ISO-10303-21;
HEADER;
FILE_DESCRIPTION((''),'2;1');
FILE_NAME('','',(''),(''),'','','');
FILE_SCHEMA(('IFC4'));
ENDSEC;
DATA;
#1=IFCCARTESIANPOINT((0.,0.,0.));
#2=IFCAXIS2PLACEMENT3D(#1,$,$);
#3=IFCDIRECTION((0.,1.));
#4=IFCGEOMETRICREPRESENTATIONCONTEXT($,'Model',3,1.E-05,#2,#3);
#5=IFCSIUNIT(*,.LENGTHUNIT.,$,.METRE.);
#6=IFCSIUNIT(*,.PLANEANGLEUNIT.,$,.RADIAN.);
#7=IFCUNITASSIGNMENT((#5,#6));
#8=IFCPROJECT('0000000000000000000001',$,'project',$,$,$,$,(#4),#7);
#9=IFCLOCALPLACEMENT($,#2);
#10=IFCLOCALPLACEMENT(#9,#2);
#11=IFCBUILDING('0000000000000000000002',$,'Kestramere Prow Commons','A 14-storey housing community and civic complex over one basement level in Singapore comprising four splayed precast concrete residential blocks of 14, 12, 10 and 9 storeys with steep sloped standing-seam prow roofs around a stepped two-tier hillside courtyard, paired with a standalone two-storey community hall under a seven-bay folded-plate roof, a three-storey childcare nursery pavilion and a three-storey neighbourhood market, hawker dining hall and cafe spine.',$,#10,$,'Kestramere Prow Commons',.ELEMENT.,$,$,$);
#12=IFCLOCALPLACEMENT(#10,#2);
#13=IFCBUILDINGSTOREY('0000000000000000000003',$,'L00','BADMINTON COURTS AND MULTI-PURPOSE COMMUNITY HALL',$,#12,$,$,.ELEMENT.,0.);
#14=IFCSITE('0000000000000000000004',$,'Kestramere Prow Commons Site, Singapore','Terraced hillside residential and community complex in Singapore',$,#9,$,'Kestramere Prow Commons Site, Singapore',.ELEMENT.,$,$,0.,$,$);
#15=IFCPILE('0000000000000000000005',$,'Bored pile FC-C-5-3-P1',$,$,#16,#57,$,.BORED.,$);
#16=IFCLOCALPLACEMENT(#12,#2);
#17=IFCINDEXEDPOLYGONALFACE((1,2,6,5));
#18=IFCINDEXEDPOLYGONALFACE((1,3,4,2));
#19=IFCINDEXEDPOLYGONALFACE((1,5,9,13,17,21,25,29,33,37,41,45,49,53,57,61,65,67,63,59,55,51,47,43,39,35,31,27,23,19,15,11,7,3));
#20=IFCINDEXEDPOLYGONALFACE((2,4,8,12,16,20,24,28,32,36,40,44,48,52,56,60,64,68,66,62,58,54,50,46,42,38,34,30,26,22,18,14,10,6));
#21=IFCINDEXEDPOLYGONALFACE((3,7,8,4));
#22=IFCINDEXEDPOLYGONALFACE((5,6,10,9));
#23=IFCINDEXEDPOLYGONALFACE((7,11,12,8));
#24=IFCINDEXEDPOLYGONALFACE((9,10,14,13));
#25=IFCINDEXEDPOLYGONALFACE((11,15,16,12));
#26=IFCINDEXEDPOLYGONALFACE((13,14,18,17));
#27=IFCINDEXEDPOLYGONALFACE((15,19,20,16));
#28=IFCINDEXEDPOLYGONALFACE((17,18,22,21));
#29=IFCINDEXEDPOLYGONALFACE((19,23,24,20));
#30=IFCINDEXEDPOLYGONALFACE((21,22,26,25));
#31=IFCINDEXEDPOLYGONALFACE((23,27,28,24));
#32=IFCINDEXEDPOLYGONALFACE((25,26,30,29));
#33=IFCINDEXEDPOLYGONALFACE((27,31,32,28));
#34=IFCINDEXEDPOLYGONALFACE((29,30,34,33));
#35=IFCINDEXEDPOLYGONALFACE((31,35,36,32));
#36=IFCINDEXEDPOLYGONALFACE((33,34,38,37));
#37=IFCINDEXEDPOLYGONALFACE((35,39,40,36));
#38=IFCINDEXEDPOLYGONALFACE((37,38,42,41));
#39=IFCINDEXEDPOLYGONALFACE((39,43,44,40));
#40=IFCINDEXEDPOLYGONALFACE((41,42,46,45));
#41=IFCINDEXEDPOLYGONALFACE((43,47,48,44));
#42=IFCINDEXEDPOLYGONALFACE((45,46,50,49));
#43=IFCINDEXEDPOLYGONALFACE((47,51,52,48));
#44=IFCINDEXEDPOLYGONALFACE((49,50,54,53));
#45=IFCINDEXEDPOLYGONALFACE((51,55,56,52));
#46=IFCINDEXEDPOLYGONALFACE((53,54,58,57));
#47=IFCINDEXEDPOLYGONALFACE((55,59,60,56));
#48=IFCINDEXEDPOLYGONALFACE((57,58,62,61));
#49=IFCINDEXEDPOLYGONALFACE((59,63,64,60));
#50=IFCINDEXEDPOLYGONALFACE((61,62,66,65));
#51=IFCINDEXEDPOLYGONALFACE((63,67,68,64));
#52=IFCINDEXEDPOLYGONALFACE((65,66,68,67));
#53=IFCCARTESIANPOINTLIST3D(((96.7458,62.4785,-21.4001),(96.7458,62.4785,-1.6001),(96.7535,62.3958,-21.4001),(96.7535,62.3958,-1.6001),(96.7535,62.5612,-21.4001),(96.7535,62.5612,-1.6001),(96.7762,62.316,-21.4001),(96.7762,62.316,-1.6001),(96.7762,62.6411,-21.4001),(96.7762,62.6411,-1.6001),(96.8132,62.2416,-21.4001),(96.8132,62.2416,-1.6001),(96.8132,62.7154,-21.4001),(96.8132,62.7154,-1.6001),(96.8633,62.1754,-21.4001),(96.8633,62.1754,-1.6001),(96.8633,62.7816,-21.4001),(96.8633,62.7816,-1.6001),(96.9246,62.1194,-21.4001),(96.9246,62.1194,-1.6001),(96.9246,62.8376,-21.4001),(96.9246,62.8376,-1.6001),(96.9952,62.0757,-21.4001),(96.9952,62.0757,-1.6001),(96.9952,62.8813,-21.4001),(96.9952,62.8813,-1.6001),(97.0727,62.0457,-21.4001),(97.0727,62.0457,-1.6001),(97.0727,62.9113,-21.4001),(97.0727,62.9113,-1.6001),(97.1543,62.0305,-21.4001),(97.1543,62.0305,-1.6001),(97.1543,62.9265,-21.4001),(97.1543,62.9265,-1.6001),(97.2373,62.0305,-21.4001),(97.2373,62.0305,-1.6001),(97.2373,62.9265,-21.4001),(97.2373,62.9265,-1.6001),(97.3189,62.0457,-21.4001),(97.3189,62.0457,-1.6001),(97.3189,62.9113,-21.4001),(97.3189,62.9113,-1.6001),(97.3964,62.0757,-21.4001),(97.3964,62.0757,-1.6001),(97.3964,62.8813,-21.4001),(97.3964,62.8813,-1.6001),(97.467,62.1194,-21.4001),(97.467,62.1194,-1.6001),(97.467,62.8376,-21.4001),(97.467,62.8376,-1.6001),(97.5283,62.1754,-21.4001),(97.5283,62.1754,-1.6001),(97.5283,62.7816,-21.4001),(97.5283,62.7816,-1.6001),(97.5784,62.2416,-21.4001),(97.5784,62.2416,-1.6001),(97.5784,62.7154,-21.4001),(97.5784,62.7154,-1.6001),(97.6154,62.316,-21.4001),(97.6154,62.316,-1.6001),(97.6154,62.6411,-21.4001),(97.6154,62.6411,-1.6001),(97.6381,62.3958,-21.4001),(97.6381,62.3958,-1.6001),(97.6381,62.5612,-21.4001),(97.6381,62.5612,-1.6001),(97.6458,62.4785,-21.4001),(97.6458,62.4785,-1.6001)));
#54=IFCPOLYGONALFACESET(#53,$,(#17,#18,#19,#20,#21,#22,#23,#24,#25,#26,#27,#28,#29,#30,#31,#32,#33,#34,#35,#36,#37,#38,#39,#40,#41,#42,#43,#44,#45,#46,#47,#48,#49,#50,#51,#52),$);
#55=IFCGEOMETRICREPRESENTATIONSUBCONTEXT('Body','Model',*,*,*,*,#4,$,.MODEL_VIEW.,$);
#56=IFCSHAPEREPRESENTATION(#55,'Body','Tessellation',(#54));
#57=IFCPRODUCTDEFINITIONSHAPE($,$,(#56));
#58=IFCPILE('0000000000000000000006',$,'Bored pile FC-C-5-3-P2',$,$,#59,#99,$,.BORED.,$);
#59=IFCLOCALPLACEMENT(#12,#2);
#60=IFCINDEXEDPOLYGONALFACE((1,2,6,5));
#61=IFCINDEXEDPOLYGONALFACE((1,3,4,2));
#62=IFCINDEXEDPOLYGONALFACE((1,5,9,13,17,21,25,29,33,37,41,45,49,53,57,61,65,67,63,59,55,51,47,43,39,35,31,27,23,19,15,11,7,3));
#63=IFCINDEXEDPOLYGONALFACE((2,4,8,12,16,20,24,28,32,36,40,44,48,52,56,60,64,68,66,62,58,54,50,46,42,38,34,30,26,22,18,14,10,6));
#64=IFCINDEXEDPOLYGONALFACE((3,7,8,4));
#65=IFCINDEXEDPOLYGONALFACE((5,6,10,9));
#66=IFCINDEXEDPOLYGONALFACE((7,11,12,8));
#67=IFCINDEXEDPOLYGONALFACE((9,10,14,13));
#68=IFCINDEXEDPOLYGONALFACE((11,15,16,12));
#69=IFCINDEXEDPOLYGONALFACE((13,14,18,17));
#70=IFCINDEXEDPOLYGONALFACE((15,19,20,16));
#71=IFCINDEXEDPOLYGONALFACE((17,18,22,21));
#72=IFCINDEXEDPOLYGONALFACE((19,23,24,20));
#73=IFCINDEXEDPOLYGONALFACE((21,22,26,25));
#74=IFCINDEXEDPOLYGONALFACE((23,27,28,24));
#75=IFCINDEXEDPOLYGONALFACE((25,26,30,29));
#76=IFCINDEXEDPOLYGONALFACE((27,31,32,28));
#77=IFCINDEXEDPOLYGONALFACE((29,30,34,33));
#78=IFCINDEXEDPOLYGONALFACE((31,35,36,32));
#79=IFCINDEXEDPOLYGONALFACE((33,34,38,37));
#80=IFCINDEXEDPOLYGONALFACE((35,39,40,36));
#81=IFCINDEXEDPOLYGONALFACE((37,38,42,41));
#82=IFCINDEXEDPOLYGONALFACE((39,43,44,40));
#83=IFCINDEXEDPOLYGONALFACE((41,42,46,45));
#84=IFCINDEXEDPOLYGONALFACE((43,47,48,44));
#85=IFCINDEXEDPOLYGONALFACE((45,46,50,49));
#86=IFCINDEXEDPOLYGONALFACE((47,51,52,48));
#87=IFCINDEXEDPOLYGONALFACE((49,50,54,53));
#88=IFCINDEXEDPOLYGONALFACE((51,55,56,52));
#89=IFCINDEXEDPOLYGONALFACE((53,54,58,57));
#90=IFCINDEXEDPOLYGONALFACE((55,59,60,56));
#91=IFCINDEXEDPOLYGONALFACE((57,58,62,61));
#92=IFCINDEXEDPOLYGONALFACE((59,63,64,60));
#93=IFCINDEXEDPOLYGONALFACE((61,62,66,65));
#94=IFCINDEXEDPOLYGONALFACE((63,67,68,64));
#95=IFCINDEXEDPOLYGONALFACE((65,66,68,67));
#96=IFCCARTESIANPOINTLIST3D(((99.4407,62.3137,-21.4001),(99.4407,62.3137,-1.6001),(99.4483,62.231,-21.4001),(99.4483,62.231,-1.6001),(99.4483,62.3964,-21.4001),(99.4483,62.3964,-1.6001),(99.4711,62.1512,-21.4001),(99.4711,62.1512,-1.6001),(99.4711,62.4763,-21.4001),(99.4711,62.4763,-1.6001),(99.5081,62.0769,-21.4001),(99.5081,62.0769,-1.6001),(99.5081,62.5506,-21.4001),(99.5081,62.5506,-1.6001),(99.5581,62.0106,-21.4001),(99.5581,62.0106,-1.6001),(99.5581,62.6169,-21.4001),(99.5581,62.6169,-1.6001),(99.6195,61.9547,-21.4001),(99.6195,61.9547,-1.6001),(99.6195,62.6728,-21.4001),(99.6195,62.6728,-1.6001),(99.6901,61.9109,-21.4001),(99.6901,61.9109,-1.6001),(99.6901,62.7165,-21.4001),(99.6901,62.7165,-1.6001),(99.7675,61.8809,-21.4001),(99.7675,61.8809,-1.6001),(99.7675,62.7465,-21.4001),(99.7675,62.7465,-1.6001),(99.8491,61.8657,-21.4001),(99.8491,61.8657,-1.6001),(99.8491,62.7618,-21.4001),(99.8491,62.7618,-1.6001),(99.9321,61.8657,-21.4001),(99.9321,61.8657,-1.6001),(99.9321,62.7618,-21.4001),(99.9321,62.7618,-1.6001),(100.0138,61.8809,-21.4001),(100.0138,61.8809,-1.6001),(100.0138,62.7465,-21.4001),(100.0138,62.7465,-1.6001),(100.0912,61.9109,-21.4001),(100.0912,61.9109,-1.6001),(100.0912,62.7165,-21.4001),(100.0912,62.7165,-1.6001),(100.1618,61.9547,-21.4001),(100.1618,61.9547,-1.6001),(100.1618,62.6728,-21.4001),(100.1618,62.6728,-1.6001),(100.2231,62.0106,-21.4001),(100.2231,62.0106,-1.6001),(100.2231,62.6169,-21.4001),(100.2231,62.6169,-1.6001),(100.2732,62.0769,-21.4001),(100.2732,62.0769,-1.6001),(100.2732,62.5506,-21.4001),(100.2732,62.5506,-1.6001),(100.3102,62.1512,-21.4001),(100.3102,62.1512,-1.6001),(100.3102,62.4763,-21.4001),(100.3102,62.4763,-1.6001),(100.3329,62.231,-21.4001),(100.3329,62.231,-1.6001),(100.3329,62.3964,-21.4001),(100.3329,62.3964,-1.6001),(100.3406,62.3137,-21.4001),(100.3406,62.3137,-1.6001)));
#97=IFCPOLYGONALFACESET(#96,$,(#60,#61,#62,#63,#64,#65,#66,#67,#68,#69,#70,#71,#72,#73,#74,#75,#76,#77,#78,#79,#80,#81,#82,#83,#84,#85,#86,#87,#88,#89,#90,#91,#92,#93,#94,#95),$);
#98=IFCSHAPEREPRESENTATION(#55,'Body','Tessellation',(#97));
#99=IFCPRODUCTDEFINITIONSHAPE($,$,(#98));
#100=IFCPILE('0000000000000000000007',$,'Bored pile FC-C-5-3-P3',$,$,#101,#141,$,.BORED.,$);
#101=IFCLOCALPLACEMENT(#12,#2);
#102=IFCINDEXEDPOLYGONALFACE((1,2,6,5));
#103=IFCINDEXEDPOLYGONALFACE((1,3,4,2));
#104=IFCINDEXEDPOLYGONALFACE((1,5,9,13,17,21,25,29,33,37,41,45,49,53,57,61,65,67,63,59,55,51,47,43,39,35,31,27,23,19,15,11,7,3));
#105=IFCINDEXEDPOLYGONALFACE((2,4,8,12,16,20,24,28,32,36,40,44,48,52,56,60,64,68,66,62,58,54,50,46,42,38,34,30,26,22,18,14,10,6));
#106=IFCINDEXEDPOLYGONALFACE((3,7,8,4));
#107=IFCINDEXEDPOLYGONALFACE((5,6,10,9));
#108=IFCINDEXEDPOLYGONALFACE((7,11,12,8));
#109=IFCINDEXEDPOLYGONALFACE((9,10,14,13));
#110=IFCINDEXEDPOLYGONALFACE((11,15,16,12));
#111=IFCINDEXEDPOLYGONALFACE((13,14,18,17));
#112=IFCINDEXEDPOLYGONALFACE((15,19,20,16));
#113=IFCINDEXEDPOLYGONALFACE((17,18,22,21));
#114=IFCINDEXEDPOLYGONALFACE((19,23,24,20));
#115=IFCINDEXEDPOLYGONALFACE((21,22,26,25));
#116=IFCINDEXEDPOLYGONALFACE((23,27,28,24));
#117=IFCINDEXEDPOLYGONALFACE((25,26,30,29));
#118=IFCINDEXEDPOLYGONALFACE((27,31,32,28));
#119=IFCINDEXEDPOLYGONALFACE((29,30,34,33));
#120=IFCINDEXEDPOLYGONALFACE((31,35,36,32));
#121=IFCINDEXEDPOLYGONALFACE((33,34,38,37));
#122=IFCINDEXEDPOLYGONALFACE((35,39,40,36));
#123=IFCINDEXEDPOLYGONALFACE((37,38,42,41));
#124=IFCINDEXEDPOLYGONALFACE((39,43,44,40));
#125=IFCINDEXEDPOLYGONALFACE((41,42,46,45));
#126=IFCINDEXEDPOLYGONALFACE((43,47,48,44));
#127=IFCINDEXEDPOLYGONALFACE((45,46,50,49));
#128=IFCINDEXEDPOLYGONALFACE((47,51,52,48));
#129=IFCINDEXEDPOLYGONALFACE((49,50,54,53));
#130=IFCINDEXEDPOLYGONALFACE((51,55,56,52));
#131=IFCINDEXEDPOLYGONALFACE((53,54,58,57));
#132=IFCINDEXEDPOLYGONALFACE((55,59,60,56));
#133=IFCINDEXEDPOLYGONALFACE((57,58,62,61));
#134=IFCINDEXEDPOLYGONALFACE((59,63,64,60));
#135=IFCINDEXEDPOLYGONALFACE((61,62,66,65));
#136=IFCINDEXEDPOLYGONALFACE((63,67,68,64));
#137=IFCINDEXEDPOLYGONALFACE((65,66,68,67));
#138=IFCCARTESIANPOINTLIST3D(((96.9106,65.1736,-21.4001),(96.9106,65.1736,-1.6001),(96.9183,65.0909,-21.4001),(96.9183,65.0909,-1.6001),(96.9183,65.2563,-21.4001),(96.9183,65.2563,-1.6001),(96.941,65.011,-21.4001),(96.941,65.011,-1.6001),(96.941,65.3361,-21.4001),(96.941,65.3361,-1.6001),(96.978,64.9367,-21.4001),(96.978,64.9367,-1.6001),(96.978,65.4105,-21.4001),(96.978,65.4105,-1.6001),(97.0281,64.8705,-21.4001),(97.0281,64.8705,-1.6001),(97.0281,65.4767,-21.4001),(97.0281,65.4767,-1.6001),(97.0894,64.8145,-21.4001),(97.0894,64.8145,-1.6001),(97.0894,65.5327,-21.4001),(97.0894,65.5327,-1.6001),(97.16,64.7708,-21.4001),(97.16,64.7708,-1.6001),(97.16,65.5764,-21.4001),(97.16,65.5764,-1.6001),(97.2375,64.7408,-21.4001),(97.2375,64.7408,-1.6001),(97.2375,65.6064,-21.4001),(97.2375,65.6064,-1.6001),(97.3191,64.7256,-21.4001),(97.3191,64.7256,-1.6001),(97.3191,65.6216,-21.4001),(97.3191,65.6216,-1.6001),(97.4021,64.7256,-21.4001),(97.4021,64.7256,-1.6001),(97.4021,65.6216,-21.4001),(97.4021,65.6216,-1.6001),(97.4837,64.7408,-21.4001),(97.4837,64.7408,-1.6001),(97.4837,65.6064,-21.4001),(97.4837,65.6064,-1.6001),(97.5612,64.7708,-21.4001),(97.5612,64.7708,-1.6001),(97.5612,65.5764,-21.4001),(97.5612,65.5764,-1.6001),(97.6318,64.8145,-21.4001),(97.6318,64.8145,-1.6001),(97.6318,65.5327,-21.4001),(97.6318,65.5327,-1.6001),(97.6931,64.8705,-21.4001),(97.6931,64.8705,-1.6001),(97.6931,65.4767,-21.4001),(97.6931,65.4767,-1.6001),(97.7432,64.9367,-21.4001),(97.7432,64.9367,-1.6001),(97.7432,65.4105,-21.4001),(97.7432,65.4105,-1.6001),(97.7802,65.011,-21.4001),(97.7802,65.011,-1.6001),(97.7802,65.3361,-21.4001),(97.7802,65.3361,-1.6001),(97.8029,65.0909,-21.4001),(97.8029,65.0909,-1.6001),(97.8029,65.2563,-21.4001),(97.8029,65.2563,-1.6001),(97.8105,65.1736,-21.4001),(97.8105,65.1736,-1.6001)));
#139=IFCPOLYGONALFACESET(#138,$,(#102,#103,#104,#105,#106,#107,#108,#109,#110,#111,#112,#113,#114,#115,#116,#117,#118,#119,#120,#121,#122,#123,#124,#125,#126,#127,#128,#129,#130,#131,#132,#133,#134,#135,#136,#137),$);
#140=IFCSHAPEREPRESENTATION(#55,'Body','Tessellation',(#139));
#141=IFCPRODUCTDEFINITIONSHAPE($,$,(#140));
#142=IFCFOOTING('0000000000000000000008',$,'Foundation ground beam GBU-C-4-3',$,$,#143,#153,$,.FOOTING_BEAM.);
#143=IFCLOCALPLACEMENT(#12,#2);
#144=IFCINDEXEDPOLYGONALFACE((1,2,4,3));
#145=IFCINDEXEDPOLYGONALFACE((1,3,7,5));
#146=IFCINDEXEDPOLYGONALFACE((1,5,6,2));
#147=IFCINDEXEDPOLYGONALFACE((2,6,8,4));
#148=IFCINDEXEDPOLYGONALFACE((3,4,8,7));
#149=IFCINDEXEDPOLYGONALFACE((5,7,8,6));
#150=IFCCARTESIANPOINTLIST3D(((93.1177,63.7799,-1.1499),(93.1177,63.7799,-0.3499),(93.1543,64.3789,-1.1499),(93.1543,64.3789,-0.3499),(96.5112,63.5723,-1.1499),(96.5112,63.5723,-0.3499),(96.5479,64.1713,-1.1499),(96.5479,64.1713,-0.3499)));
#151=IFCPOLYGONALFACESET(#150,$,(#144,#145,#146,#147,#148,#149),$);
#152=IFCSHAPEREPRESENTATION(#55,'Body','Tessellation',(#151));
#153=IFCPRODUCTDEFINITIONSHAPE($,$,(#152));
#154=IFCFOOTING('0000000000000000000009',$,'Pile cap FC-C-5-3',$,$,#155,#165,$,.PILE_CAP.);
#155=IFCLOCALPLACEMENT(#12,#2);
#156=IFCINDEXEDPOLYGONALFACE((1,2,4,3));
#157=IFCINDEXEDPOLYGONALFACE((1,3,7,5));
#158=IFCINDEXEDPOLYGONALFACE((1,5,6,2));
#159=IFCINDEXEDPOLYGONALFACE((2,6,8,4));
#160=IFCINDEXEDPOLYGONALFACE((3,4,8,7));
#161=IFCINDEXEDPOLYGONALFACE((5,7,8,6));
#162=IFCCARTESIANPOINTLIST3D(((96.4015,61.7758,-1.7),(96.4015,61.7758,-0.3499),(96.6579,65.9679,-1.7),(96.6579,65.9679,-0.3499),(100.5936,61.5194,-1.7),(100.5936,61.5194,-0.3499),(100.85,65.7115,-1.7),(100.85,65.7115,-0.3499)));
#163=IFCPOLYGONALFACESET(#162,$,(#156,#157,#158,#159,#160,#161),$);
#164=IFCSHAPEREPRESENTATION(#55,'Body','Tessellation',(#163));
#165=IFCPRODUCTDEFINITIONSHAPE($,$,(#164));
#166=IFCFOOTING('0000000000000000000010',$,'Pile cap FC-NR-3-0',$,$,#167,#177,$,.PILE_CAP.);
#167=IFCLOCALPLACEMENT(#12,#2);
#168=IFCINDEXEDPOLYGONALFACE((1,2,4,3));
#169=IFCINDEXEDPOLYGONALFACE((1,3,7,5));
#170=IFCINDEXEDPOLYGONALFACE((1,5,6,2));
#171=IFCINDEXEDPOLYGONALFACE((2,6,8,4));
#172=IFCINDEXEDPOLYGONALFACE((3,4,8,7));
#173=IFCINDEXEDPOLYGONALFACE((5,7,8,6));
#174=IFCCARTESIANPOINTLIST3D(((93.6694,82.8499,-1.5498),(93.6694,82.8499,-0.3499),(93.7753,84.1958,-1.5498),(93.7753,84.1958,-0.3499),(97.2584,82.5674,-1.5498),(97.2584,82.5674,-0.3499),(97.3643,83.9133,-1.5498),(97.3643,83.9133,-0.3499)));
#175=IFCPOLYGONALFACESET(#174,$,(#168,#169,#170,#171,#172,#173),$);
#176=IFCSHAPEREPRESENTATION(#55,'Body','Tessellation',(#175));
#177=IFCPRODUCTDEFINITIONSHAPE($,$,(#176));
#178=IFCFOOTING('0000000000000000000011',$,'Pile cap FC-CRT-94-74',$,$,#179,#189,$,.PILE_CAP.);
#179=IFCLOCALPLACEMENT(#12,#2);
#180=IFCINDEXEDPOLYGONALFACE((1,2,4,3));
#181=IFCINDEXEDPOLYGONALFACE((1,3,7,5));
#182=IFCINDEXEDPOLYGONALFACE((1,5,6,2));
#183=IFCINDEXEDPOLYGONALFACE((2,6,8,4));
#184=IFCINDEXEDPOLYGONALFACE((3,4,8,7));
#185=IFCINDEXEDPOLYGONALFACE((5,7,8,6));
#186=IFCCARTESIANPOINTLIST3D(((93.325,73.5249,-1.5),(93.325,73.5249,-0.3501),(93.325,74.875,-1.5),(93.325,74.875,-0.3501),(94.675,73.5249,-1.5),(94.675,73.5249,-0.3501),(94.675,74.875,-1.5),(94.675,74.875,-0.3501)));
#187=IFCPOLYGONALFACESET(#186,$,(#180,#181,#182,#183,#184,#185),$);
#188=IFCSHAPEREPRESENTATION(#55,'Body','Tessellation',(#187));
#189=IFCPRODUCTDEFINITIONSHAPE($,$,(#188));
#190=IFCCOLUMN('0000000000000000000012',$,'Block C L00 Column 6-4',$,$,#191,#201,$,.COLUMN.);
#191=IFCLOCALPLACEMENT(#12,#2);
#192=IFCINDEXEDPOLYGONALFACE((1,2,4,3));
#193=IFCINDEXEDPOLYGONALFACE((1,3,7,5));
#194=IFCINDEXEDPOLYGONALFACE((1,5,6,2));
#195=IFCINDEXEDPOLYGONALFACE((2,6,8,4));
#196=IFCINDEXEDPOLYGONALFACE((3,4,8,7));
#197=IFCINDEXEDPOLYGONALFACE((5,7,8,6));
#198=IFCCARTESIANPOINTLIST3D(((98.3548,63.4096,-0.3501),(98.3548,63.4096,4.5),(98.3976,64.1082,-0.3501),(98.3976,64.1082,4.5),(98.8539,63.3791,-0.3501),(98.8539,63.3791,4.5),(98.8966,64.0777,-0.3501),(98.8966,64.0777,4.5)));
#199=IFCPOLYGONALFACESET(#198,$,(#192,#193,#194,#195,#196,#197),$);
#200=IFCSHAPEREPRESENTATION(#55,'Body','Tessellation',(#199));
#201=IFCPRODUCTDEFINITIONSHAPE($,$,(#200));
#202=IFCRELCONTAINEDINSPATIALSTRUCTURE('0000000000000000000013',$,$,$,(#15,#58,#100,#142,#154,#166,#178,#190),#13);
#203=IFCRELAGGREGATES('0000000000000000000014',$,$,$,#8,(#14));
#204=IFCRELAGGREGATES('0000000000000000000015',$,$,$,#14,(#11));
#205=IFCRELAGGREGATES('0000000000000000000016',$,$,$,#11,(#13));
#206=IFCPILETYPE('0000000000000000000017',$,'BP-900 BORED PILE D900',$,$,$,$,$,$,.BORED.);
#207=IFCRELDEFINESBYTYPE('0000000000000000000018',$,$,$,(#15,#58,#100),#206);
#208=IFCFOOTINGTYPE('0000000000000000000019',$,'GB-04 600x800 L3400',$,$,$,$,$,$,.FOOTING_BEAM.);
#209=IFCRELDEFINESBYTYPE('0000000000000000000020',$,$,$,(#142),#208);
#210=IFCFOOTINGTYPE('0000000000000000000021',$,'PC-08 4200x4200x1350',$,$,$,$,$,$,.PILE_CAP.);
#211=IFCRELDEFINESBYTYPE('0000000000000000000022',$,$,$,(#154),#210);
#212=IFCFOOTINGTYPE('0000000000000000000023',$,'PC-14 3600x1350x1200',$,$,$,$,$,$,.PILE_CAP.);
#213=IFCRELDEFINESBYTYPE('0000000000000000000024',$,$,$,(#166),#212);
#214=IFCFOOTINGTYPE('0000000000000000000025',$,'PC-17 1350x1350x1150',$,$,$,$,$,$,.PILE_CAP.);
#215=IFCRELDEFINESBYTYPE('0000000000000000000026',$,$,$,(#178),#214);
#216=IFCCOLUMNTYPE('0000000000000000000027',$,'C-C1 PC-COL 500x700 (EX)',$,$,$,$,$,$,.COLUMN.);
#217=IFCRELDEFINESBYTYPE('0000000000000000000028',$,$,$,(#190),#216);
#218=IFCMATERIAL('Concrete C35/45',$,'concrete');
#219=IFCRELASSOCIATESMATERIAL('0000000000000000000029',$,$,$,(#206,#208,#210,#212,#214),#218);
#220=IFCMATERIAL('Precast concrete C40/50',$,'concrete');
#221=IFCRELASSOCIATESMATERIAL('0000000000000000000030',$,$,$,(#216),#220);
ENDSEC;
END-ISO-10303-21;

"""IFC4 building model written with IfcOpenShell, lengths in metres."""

from ifc_helpers import new_model, si_unit, direction, frame, origin, origin_2d, place, context, subcontext, project, spatial, rectangle, circle, extrude, material, material_profile, profile_set, type_object, element, save


model = new_model("IFC4")

# Units and contexts
model_context = context("Model", 3, precision=1e-05, world=origin(), true_north=direction((0.0, 1.0)))
body_context = subcontext(model_context, "Body", "Model", "MODEL_VIEW")
ifc_project = project(units=[si_unit("LENGTHUNIT", "METRE"), si_unit("PLANEANGLEUNIT", "RADIAN")], contexts=[model_context])

# Site, building, storey
site_placement = place(None, origin())
site = spatial("IfcSite", under=ifc_project, at=site_placement, Name="Kestramere Prow Commons Site, Singapore", Description="Terraced hillside residential and community complex in Singapore", LongName="Kestramere Prow Commons Site, Singapore", CompositionType="ELEMENT", RefElevation=0.0)
building_placement = place(site_placement, origin())
building = spatial("IfcBuilding", under=site, at=building_placement, Name="Kestramere Prow Commons", Description="A 14-storey housing community and civic complex over one basement level in Singapore comprising four splayed precast concrete residential blocks of 14, 12, 10 and 9 storeys with steep sloped standing-seam prow roofs around a stepped two-tier hillside courtyard, paired with a standalone two-storey community hall under a seven-bay folded-plate roof, a three-storey childcare nursery pavilion and a three-storey neighbourhood market, hawker dining hall and cafe spine.", LongName="Kestramere Prow Commons", CompositionType="ELEMENT")
storey_placement = place(building_placement, origin())
storey = spatial("IfcBuildingStorey", under=building, at=storey_placement, Name="L00", Description="BADMINTON COURTS AND MULTI-PURPOSE COMMUNITY HALL", CompositionType="ELEMENT", Elevation=0.0)

# Piles
ifc_material_1 = material(Name="Concrete C35/45", Category="concrete")
ifc_material_profile_1 = material_profile(ifc_material_1, circle(Radius=0.45, at=origin_2d()), Name="BORED PILE D900")
ifc_profile_set_1 = profile_set([ifc_material_profile_1], Name="Concrete C35/45")
pile_type_1 = type_object("IfcPileType", Name="BP-900 BORED PILE D900", PredefinedType="BORED", material=ifc_profile_set_1)
for number, where, z_axis, x_axis, name in (
    (1, (97.1958, 62.4785, -1.6001), (0.0, 0.0, -1.0), (1.0, 0.0, 0.0), "Bored pile FC-C-5-3-P1"),
    (2, (99.8906, 62.3137, -1.6001), (0.0, 0.0, -1.0), (1.0, 0.0, 0.0), "Bored pile FC-C-5-3-P2"),
    (3, (97.3606, 65.1736, -1.6001), (0.0, 0.0, -1.0), (1.0, 0.0, 0.0), "Bored pile FC-C-5-3-P3"),
):
    element("IfcPile", number, at=place(storey_placement, frame(where, z_axis=z_axis, x_axis=x_axis)), inside=storey, type_object=pile_type_1, Name=name, PredefinedType="BORED", context=body_context, shape_type="SweptSolid", body=[
        extrude(circle(Radius=0.45, at=origin_2d()), origin(), (0.0, 0.0, 1.0), 19.8),
    ])

# Footings
footing_type_1 = type_object("IfcFootingType", Name="GB-04 600x800 L3400", PredefinedType="FOOTING_BEAM", material=ifc_material_1)
footing_1_placement = place(storey_placement, frame((94.8328, 63.9756, -1.1499), z_axis=(0.0, 0.0, 1.0), x_axis=(0.998135, -0.061049, 0.0)))
element("IfcFooting", 4, at=footing_1_placement, inside=storey, type_object=footing_type_1, Name="Foundation ground beam GBU-C-4-3", PredefinedType="FOOTING_BEAM", context=body_context, shape_type="SweptSolid", body=[
    extrude(rectangle(XDim=3.3999, YDim=0.6001, at=origin_2d()), origin(), (0.0, 0.0, 1.0), 0.8),
])
footing_type_2 = type_object("IfcFootingType", Name="PC-08 4200x4200x1350", PredefinedType="PILE_CAP", material=ifc_material_1)
footing_2_placement = place(storey_placement, frame((98.6257, 63.7437, -1.7), z_axis=(0.0, 0.0, 1.0), x_axis=(0.998135, -0.061049, 0.0)))
element("IfcFooting", 5, at=footing_2_placement, inside=storey, type_object=footing_type_2, Name="Pile cap FC-C-5-3", PredefinedType="PILE_CAP", context=body_context, shape_type="SweptSolid", body=[
    extrude(rectangle(XDim=4.2, YDim=4.2, at=origin_2d()), origin(), (0.0, 0.0, 1.0), 1.3501),
])
footing_type_3 = type_object("IfcFootingType", Name="PC-14 3600x1350x1200", PredefinedType="PILE_CAP", material=ifc_material_1)
footing_3_placement = place(storey_placement, frame((95.5168, 83.3816, -1.5498), z_axis=(0.0, 0.0, 1.0), x_axis=(0.996917, -0.078459, 0.0)))
element("IfcFooting", 6, at=footing_3_placement, inside=storey, type_object=footing_type_3, Name="Pile cap FC-NR-3-0", PredefinedType="PILE_CAP", context=body_context, shape_type="SweptSolid", body=[
    extrude(rectangle(XDim=3.6001, YDim=1.3501, at=origin_2d()), origin(), (0.0, 0.0, 1.0), 1.2),
])
footing_type_4 = type_object("IfcFootingType", Name="PC-17 1350x1350x1150", PredefinedType="PILE_CAP", material=ifc_material_1)
footing_4_placement = place(storey_placement, frame((94.0, 74.2, -1.5), z_axis=(0.0, 0.0, 1.0), x_axis=(1.0, 0.0, 0.0)))
element("IfcFooting", 7, at=footing_4_placement, inside=storey, type_object=footing_type_4, Name="Pile cap FC-CRT-94-74", PredefinedType="PILE_CAP", context=body_context, shape_type="SweptSolid", body=[
    extrude(rectangle(XDim=1.3501, YDim=1.3501, at=origin_2d()), origin(), (0.0, 0.0, 1.0), 1.1499),
])

# Column
ifc_material_2 = material(Name="Precast concrete C40/50", Category="concrete")
ifc_material_profile_2 = material_profile(ifc_material_2, rectangle(XDim=0.5, YDim=0.7, at=origin_2d()), Name="PC-COL 500x700")
ifc_profile_set_2 = profile_set([ifc_material_profile_2], Name="Precast concrete C40/50")
column_type_1 = type_object("IfcColumnType", Name="C-C1 PC-COL 500x700 (EX)", PredefinedType="COLUMN", material=ifc_profile_set_2)
column_1_placement = place(storey_placement, frame((98.6257, 63.7437, -0.3501), z_axis=(0.0, 0.0, 1.0), x_axis=(0.998135, -0.061049, 0.0)))
element("IfcColumn", 8, at=column_1_placement, inside=storey, type_object=column_type_1, Name="Block C L00 Column 6-4", PredefinedType="COLUMN", context=body_context, shape_type="SweptSolid", body=[
    extrude(rectangle(XDim=0.5, YDim=0.7, at=origin_2d()), origin(), (0.0, 0.0, 1.0), 4.8501),
])

save(model, "model.ifc")
